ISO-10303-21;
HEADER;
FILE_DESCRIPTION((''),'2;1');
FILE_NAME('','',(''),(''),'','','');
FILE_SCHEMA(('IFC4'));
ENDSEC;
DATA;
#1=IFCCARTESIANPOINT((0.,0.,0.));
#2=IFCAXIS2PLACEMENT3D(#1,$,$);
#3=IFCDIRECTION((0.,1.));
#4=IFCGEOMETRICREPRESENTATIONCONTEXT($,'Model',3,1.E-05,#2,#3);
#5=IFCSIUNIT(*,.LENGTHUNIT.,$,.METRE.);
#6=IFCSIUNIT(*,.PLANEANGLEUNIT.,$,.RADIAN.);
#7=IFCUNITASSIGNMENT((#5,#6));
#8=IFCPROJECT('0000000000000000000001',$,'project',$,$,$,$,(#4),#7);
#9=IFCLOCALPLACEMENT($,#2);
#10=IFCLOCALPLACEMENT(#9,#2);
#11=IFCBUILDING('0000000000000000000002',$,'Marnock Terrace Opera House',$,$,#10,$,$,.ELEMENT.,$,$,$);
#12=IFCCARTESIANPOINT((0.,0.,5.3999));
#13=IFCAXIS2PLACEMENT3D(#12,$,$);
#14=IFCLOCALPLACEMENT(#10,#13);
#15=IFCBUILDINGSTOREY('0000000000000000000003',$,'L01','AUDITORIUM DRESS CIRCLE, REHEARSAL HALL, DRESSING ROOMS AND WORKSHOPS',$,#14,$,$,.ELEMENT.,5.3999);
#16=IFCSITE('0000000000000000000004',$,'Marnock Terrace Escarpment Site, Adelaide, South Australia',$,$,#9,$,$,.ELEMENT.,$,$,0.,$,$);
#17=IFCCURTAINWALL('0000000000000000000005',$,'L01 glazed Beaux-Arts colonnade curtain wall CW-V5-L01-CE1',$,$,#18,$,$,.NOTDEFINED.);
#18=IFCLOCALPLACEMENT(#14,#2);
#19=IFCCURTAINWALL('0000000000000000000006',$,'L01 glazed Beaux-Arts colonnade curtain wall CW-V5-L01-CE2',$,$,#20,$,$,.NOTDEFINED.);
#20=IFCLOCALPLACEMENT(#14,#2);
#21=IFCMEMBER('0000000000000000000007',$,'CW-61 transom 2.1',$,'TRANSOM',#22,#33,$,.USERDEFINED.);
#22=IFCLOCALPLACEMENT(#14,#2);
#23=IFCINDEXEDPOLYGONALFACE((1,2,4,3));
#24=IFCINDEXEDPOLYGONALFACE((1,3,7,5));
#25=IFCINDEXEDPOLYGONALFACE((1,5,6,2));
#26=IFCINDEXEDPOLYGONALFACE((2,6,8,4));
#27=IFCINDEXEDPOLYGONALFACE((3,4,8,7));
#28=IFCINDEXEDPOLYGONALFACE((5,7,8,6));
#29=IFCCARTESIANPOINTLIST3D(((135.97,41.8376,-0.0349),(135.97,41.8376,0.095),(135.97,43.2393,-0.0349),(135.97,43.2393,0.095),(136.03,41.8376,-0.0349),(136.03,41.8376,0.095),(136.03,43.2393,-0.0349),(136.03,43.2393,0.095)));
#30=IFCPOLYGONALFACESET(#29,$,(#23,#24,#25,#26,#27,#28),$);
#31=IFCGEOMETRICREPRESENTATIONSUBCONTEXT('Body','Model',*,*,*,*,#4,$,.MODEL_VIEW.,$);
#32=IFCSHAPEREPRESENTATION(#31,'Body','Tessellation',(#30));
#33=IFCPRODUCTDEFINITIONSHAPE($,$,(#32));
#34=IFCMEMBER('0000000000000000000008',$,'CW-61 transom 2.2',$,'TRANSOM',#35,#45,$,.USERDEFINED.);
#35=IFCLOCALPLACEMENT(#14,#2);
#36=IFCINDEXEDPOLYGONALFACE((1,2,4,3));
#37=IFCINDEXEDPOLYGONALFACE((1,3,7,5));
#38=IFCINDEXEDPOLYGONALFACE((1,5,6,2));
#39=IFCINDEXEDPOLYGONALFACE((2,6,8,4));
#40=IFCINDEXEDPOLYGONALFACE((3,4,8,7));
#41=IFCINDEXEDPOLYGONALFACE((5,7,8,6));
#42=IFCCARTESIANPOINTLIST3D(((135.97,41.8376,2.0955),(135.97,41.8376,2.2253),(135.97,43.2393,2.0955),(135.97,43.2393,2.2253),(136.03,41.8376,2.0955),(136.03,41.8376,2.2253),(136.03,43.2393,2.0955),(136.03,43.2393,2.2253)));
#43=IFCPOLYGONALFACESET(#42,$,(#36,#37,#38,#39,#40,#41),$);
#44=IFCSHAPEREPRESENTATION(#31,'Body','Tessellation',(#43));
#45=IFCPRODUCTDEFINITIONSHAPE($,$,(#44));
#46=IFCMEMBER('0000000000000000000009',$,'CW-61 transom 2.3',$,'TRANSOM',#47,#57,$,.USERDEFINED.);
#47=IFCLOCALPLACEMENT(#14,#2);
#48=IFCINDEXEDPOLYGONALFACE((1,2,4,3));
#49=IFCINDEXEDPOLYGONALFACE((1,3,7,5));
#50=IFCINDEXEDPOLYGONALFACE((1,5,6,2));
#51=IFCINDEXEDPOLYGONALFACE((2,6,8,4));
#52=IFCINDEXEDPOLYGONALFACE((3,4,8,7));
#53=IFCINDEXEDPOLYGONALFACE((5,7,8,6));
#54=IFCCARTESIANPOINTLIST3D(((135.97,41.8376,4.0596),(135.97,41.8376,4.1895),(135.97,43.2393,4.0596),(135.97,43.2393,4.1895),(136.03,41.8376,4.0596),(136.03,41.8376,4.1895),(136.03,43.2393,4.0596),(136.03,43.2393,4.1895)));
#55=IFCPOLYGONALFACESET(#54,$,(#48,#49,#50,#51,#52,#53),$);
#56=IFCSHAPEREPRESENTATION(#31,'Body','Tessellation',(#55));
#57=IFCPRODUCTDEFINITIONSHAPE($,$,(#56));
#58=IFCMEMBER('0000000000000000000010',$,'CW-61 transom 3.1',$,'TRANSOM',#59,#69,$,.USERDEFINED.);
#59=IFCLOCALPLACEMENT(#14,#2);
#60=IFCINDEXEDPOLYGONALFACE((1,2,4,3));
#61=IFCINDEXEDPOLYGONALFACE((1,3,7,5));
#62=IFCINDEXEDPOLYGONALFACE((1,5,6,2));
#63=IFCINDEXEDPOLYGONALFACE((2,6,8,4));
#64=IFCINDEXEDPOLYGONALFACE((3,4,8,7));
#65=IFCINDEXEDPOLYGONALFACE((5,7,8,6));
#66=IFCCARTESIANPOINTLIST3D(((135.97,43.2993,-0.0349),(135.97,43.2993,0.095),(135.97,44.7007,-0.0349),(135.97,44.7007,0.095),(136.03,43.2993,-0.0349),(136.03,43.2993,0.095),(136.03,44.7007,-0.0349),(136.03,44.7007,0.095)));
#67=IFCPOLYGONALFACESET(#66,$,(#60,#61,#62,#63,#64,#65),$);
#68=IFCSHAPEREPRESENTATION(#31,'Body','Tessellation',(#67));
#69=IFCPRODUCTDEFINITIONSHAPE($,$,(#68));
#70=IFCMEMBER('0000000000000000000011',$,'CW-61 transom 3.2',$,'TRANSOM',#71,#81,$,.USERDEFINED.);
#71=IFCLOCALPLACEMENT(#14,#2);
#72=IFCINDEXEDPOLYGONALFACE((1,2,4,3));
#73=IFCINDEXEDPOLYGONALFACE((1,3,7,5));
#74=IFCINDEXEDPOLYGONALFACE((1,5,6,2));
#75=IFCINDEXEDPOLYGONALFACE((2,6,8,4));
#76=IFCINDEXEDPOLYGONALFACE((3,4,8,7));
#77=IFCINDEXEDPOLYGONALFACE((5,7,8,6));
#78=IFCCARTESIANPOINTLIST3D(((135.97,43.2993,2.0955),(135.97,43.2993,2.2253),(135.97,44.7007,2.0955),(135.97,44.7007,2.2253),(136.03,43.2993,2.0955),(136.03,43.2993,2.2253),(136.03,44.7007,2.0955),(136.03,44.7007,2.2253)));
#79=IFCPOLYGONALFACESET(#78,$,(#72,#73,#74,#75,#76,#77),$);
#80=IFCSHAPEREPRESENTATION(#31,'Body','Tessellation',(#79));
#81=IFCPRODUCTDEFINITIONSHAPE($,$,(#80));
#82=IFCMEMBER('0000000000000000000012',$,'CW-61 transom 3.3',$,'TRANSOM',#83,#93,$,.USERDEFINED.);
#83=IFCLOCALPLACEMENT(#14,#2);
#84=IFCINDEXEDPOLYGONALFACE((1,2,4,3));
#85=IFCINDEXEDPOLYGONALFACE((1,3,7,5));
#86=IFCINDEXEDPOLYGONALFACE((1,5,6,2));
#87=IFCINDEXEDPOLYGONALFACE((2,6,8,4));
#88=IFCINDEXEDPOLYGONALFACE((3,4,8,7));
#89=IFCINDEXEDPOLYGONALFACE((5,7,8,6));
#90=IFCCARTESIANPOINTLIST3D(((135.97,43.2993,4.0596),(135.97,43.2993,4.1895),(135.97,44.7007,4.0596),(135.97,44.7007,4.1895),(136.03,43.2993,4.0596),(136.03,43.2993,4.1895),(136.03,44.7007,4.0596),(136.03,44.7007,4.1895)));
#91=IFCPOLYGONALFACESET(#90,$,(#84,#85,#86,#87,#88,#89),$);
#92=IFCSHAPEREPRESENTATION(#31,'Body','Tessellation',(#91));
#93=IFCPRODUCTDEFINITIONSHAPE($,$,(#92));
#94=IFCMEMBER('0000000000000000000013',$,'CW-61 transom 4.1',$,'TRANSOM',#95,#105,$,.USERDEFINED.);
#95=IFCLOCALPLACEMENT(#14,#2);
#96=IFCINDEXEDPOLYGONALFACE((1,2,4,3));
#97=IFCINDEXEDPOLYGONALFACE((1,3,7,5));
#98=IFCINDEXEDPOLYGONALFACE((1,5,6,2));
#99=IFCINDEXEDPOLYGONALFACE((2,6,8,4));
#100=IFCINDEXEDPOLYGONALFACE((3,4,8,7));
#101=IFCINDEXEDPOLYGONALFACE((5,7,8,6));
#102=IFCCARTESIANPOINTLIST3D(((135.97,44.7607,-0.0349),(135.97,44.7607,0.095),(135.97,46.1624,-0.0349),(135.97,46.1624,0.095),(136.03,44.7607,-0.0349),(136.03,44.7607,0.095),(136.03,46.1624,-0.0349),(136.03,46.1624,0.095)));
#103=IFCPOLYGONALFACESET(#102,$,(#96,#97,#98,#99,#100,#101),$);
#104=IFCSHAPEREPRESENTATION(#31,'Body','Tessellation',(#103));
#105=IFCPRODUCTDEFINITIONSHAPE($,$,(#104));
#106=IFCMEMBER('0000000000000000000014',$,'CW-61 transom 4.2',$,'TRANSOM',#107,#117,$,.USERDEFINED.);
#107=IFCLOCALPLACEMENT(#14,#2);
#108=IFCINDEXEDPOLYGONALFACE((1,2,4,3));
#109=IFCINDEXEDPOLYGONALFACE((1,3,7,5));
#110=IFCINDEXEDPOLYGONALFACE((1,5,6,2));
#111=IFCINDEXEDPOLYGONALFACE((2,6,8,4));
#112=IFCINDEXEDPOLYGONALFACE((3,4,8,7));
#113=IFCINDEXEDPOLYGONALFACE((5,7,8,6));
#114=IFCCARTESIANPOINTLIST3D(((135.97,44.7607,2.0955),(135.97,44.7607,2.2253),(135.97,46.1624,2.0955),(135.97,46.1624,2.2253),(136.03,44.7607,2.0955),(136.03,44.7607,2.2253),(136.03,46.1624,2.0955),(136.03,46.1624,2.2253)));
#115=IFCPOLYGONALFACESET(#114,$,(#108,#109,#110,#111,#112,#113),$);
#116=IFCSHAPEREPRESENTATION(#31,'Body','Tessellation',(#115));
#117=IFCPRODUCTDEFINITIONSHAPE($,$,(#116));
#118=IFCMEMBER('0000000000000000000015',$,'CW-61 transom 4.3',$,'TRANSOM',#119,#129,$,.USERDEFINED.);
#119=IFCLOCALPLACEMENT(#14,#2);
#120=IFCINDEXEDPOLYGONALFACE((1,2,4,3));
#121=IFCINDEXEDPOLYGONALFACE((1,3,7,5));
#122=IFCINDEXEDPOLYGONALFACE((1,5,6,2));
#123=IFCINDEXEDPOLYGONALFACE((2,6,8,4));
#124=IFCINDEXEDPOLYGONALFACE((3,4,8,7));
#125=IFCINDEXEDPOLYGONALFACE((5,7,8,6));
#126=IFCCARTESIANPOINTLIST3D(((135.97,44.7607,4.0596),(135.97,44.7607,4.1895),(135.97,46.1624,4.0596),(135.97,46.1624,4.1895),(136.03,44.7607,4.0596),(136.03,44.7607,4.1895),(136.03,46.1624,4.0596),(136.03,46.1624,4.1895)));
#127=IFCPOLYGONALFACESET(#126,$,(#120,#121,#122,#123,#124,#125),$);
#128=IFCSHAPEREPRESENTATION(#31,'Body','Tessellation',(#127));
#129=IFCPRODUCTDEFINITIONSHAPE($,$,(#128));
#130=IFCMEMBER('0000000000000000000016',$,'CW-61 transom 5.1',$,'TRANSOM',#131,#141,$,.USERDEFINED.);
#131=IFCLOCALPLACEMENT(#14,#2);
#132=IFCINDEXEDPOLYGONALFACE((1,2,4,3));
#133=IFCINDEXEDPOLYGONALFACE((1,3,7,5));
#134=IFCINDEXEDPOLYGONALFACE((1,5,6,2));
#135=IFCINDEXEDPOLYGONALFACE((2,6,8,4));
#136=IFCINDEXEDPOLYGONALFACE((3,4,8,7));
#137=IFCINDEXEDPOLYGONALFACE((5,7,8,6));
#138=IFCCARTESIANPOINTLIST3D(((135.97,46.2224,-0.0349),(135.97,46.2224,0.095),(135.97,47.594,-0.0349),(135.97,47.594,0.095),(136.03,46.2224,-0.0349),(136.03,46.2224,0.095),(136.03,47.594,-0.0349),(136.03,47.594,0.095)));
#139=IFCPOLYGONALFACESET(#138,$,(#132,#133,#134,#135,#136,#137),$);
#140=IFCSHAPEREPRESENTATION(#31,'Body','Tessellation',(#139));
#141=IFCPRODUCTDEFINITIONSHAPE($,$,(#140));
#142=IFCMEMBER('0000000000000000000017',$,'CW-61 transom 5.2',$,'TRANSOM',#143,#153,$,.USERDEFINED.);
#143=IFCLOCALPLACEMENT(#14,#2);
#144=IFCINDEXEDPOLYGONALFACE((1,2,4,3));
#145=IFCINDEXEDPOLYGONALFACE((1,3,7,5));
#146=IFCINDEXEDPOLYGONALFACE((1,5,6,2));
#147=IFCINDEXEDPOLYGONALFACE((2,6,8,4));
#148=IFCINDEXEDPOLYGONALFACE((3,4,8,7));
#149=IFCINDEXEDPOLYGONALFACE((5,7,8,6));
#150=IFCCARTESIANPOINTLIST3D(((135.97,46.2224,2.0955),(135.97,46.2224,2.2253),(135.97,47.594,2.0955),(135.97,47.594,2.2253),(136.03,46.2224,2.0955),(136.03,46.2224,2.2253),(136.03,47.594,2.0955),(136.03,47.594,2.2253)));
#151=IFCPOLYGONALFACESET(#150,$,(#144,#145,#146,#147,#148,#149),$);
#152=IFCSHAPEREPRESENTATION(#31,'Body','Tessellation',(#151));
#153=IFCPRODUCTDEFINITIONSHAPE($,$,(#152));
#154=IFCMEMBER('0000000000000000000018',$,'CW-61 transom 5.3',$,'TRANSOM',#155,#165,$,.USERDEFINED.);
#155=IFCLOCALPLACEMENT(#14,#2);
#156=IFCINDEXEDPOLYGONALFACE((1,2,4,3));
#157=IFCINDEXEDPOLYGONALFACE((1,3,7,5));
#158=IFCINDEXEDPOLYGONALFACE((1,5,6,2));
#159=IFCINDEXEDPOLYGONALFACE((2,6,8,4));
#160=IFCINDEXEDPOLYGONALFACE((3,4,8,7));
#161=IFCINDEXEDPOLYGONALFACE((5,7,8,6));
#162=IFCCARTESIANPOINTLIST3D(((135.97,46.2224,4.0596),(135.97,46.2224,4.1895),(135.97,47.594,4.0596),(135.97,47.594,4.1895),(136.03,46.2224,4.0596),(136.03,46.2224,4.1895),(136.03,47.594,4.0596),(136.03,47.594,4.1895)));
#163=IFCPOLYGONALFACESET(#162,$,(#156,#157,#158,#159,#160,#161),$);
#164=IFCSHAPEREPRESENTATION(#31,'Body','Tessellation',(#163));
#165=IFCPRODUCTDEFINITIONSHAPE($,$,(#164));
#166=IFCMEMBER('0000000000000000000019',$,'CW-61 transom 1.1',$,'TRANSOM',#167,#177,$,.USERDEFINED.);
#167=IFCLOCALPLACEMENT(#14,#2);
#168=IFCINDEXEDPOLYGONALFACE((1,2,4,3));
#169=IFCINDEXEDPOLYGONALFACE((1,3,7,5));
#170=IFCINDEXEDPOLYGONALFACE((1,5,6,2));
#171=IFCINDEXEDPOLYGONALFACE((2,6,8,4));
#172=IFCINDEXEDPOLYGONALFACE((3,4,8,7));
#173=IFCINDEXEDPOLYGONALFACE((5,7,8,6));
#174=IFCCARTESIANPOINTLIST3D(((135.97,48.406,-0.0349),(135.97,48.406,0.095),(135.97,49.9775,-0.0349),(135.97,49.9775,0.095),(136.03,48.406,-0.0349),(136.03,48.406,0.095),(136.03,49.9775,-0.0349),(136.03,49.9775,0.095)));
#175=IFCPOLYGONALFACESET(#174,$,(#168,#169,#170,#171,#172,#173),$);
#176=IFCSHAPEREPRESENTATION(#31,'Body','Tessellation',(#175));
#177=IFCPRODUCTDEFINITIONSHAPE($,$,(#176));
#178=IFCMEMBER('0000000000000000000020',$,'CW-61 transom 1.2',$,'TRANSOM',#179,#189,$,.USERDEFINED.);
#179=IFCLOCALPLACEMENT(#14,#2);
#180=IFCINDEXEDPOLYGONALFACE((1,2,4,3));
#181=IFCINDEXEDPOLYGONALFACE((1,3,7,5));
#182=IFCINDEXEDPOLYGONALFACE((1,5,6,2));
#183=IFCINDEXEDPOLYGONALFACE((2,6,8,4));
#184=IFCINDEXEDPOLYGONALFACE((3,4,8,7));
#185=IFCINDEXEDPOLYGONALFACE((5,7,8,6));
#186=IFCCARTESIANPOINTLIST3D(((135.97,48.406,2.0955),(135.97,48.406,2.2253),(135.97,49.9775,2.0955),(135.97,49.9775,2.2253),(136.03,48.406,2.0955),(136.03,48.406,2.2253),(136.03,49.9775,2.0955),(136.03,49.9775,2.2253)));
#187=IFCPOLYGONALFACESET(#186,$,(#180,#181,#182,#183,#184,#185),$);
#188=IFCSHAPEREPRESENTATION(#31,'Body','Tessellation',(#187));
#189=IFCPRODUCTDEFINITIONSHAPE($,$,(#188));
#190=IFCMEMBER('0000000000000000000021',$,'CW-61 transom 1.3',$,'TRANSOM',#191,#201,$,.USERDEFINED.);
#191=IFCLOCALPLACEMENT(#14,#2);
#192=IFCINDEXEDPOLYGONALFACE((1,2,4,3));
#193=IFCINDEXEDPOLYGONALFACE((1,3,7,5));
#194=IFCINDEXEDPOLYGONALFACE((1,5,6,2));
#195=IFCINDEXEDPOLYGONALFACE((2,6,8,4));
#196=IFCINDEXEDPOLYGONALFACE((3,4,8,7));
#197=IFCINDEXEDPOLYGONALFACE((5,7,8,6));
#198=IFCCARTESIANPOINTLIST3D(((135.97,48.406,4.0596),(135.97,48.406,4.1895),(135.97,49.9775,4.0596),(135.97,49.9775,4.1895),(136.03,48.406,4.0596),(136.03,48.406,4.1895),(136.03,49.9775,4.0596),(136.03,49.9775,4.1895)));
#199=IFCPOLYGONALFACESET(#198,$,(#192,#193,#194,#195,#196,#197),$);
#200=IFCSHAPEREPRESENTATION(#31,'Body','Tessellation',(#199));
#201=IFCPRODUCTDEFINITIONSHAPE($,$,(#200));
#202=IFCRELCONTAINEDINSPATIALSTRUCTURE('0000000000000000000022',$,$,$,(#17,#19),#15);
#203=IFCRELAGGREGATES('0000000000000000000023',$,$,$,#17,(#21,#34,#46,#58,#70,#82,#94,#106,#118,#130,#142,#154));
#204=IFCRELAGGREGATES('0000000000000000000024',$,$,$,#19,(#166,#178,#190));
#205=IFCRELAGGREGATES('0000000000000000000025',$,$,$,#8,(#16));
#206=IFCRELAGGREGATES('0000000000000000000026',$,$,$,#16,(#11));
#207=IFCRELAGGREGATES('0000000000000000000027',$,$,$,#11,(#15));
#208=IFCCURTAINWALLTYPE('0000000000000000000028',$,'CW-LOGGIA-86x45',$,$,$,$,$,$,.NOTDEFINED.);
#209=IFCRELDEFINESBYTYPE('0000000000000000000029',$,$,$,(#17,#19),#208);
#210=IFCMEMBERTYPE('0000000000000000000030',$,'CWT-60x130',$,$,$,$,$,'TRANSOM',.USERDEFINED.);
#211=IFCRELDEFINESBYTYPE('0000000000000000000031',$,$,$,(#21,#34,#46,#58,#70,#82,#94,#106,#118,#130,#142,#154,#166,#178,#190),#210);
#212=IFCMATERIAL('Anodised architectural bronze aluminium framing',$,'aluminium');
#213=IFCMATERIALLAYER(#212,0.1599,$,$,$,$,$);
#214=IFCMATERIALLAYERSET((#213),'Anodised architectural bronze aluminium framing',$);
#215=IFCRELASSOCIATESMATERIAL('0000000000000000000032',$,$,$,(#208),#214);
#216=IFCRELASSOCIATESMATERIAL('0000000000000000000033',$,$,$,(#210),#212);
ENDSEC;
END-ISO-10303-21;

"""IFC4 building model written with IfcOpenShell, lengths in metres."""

from ifc_helpers import new_model, si_unit, direction, frame, origin, origin_2d, place, context, subcontext, project, spatial, rectangle, extrude, material, layer, layer_set, material_profile, profile_set, type_object, element, aggregate, save


model = new_model("IFC4")

# Units and contexts
model_context = context("Model", 3, precision=1e-05, world=origin(), true_north=direction((0.0, 1.0)))
body_context = subcontext(model_context, "Body", "Model", "MODEL_VIEW")
ifc_project = project(units=[si_unit("LENGTHUNIT", "METRE"), si_unit("PLANEANGLEUNIT", "RADIAN")], contexts=[model_context])

# Site, building, storey
site_placement = place(None, origin())
site = spatial("IfcSite", under=ifc_project, at=site_placement, Name="Marnock Terrace Escarpment Site, Adelaide, South Australia", CompositionType="ELEMENT", RefElevation=0.0)
building_placement = place(site_placement, origin())
building = spatial("IfcBuilding", under=site, at=building_placement, Name="Marnock Terrace Opera House", CompositionType="ELEMENT")
storey_placement = place(building_placement, frame((0.0, 0.0, 5.3999)))
storey = spatial("IfcBuildingStorey", under=building, at=storey_placement, Name="L01", Description="AUDITORIUM DRESS CIRCLE, REHEARSAL HALL, DRESSING ROOMS AND WORKSHOPS", CompositionType="ELEMENT", Elevation=5.3999)

# Curtain walls
ifc_material_1 = material(Name="Anodised architectural bronze aluminium framing", Category="aluminium")
ifc_layer_1 = layer(ifc_material_1, 0.1599)
ifc_layer_set_1 = layer_set([ifc_layer_1], Name="Anodised architectural bronze aluminium framing")
curtain_wall_type = type_object("IfcCurtainWallType", Name="CW-LOGGIA-86x45", PredefinedType="NOTDEFINED", material=ifc_layer_set_1)
curtain_wall_1_placement = place(storey_placement, origin())
curtain_wall_1 = element("IfcCurtainWall", 1, at=curtain_wall_1_placement, inside=storey, type_object=curtain_wall_type, Name="L01 glazed Beaux-Arts colonnade curtain wall CW-V5-L01-CE1", PredefinedType="NOTDEFINED")
curtain_wall_2_placement = place(storey_placement, origin())
curtain_wall_2 = element("IfcCurtainWall", 2, at=curtain_wall_2_placement, inside=storey, type_object=curtain_wall_type, Name="L01 glazed Beaux-Arts colonnade curtain wall CW-V5-L01-CE2", PredefinedType="NOTDEFINED")

# Members
ifc_material_profile_1 = material_profile(ifc_material_1, rectangle(XDim=0.0601, YDim=0.1299, at=origin_2d()))
ifc_profile_set_1 = profile_set([ifc_material_profile_1], Name="Anodised architectural bronze aluminium framing")
member_type_1 = type_object("IfcMemberType", Name="CWT-60x130", ElementType="TRANSOM", PredefinedType="USERDEFINED", material=ifc_profile_set_1)
member_1_placement = place(storey_placement, frame((136.0, 41.8376, 0.03), z_axis=(0.0, 1.0, 0.0), x_axis=(-1.0, 0.0, 0.0)))
member_1 = element("IfcMember", 3, at=member_1_placement, type_object=member_type_1, Name="CW-61 transom 2.1", ObjectType="TRANSOM", PredefinedType="USERDEFINED", context=body_context, shape_type="SweptSolid", body=[
    extrude(rectangle(XDim=0.0601, YDim=0.1299, at=origin_2d()), origin(), (0.0, 0.0, 1.0), 1.4016),
])
member_2_placement = place(storey_placement, frame((136.0, 41.8376, 2.1604), z_axis=(0.0, 1.0, 0.0), x_axis=(-1.0, 0.0, 0.0)))
member_2 = element("IfcMember", 4, at=member_2_placement, type_object=member_type_1, Name="CW-61 transom 2.2", ObjectType="TRANSOM", PredefinedType="USERDEFINED", context=body_context, shape_type="SweptSolid", body=[
    extrude(rectangle(XDim=0.0601, YDim=0.1299, at=origin_2d()), origin(), (0.0, 0.0, 1.0), 1.4016),
])
member_3_placement = place(storey_placement, frame((136.0, 41.8376, 4.1245), z_axis=(0.0, 1.0, 0.0), x_axis=(-1.0, 0.0, 0.0)))
member_3 = element("IfcMember", 5, at=member_3_placement, type_object=member_type_1, Name="CW-61 transom 2.3", ObjectType="TRANSOM", PredefinedType="USERDEFINED", context=body_context, shape_type="SweptSolid", body=[
    extrude(rectangle(XDim=0.0601, YDim=0.1299, at=origin_2d()), origin(), (0.0, 0.0, 1.0), 1.4016),
])
member_4_placement = place(storey_placement, frame((136.0, 43.2993, 0.03), z_axis=(0.0, 1.0, 0.0), x_axis=(-1.0, 0.0, 0.0)))
member_4 = element("IfcMember", 6, at=member_4_placement, type_object=member_type_1, Name="CW-61 transom 3.1", ObjectType="TRANSOM", PredefinedType="USERDEFINED", context=body_context, shape_type="SweptSolid", body=[
    extrude(rectangle(XDim=0.0601, YDim=0.1299, at=origin_2d()), origin(), (0.0, 0.0, 1.0), 1.4014),
])
member_5_placement = place(storey_placement, frame((136.0, 43.2993, 2.1604), z_axis=(0.0, 1.0, 0.0), x_axis=(-1.0, 0.0, 0.0)))
member_5 = element("IfcMember", 7, at=member_5_placement, type_object=member_type_1, Name="CW-61 transom 3.2", ObjectType="TRANSOM", PredefinedType="USERDEFINED", context=body_context, shape_type="SweptSolid", body=[
    extrude(rectangle(XDim=0.0601, YDim=0.1299, at=origin_2d()), origin(), (0.0, 0.0, 1.0), 1.4014),
])
member_6_placement = place(storey_placement, frame((136.0, 43.2993, 4.1245), z_axis=(0.0, 1.0, 0.0), x_axis=(-1.0, 0.0, 0.0)))
member_6 = element("IfcMember", 8, at=member_6_placement, type_object=member_type_1, Name="CW-61 transom 3.3", ObjectType="TRANSOM", PredefinedType="USERDEFINED", context=body_context, shape_type="SweptSolid", body=[
    extrude(rectangle(XDim=0.0601, YDim=0.1299, at=origin_2d()), origin(), (0.0, 0.0, 1.0), 1.4014),
])
member_7_placement = place(storey_placement, frame((136.0, 44.7607, 0.03), z_axis=(0.0, 1.0, 0.0), x_axis=(-1.0, 0.0, 0.0)))
member_7 = element("IfcMember", 9, at=member_7_placement, type_object=member_type_1, Name="CW-61 transom 4.1", ObjectType="TRANSOM", PredefinedType="USERDEFINED", context=body_context, shape_type="SweptSolid", body=[
    extrude(rectangle(XDim=0.0601, YDim=0.1299, at=origin_2d()), origin(), (0.0, 0.0, 1.0), 1.4016),
])
member_8_placement = place(storey_placement, frame((136.0, 44.7607, 2.1604), z_axis=(0.0, 1.0, 0.0), x_axis=(-1.0, 0.0, 0.0)))
member_8 = element("IfcMember", 10, at=member_8_placement, type_object=member_type_1, Name="CW-61 transom 4.2", ObjectType="TRANSOM", PredefinedType="USERDEFINED", context=body_context, shape_type="SweptSolid", body=[
    extrude(rectangle(XDim=0.0601, YDim=0.1299, at=origin_2d()), origin(), (0.0, 0.0, 1.0), 1.4016),
])
member_9_placement = place(storey_placement, frame((136.0, 44.7607, 4.1245), z_axis=(0.0, 1.0, 0.0), x_axis=(-1.0, 0.0, 0.0)))
member_9 = element("IfcMember", 11, at=member_9_placement, type_object=member_type_1, Name="CW-61 transom 4.3", ObjectType="TRANSOM", PredefinedType="USERDEFINED", context=body_context, shape_type="SweptSolid", body=[
    extrude(rectangle(XDim=0.0601, YDim=0.1299, at=origin_2d()), origin(), (0.0, 0.0, 1.0), 1.4016),
])
member_10_placement = place(storey_placement, frame((136.0, 46.2224, 0.03), z_axis=(0.0, 1.0, 0.0), x_axis=(-1.0, 0.0, 0.0)))
member_10 = element("IfcMember", 12, at=member_10_placement, type_object=member_type_1, Name="CW-61 transom 5.1", ObjectType="TRANSOM", PredefinedType="USERDEFINED", context=body_context, shape_type="SweptSolid", body=[
    extrude(rectangle(XDim=0.0601, YDim=0.1299, at=origin_2d()), origin(), (0.0, 0.0, 1.0), 1.3716),
])
member_11_placement = place(storey_placement, frame((136.0, 46.2224, 2.1604), z_axis=(0.0, 1.0, 0.0), x_axis=(-1.0, 0.0, 0.0)))
member_11 = element("IfcMember", 13, at=member_11_placement, type_object=member_type_1, Name="CW-61 transom 5.2", ObjectType="TRANSOM", PredefinedType="USERDEFINED", context=body_context, shape_type="SweptSolid", body=[
    extrude(rectangle(XDim=0.0601, YDim=0.1299, at=origin_2d()), origin(), (0.0, 0.0, 1.0), 1.3716),
])
member_12_placement = place(storey_placement, frame((136.0, 46.2224, 4.1245), z_axis=(0.0, 1.0, 0.0), x_axis=(-1.0, 0.0, 0.0)))
member_12 = element("IfcMember", 14, at=member_12_placement, type_object=member_type_1, Name="CW-61 transom 5.3", ObjectType="TRANSOM", PredefinedType="USERDEFINED", context=body_context, shape_type="SweptSolid", body=[
    extrude(rectangle(XDim=0.0601, YDim=0.1299, at=origin_2d()), origin(), (0.0, 0.0, 1.0), 1.3716),
])
member_13_placement = place(storey_placement, frame((136.0, 48.406, 0.03), z_axis=(0.0, 1.0, 0.0), x_axis=(-1.0, 0.0, 0.0)))
member_13 = element("IfcMember", 15, at=member_13_placement, type_object=member_type_1, Name="CW-61 transom 1.1", ObjectType="TRANSOM", PredefinedType="USERDEFINED", context=body_context, shape_type="SweptSolid", body=[
    extrude(rectangle(XDim=0.0601, YDim=0.1299, at=origin_2d()), origin(), (0.0, 0.0, 1.0), 1.5715),
])
member_14_placement = place(storey_placement, frame((136.0, 48.406, 2.1604), z_axis=(0.0, 1.0, 0.0), x_axis=(-1.0, 0.0, 0.0)))
member_14 = element("IfcMember", 16, at=member_14_placement, type_object=member_type_1, Name="CW-61 transom 1.2", ObjectType="TRANSOM", PredefinedType="USERDEFINED", context=body_context, shape_type="SweptSolid", body=[
    extrude(rectangle(XDim=0.0601, YDim=0.1299, at=origin_2d()), origin(), (0.0, 0.0, 1.0), 1.5715),
])
member_15_placement = place(storey_placement, frame((136.0, 48.406, 4.1245), z_axis=(0.0, 1.0, 0.0), x_axis=(-1.0, 0.0, 0.0)))
member_15 = element("IfcMember", 17, at=member_15_placement, type_object=member_type_1, Name="CW-61 transom 1.3", ObjectType="TRANSOM", PredefinedType="USERDEFINED", context=body_context, shape_type="SweptSolid", body=[
    extrude(rectangle(XDim=0.0601, YDim=0.1299, at=origin_2d()), origin(), (0.0, 0.0, 1.0), 1.5715),
])

aggregate(curtain_wall_1, [member_1, member_2, member_3, member_4, member_5, member_6, member_7, member_8, member_9, member_10, member_11, member_12])
aggregate(curtain_wall_2, [member_13, member_14, member_15])

save(model, "model.ifc")
